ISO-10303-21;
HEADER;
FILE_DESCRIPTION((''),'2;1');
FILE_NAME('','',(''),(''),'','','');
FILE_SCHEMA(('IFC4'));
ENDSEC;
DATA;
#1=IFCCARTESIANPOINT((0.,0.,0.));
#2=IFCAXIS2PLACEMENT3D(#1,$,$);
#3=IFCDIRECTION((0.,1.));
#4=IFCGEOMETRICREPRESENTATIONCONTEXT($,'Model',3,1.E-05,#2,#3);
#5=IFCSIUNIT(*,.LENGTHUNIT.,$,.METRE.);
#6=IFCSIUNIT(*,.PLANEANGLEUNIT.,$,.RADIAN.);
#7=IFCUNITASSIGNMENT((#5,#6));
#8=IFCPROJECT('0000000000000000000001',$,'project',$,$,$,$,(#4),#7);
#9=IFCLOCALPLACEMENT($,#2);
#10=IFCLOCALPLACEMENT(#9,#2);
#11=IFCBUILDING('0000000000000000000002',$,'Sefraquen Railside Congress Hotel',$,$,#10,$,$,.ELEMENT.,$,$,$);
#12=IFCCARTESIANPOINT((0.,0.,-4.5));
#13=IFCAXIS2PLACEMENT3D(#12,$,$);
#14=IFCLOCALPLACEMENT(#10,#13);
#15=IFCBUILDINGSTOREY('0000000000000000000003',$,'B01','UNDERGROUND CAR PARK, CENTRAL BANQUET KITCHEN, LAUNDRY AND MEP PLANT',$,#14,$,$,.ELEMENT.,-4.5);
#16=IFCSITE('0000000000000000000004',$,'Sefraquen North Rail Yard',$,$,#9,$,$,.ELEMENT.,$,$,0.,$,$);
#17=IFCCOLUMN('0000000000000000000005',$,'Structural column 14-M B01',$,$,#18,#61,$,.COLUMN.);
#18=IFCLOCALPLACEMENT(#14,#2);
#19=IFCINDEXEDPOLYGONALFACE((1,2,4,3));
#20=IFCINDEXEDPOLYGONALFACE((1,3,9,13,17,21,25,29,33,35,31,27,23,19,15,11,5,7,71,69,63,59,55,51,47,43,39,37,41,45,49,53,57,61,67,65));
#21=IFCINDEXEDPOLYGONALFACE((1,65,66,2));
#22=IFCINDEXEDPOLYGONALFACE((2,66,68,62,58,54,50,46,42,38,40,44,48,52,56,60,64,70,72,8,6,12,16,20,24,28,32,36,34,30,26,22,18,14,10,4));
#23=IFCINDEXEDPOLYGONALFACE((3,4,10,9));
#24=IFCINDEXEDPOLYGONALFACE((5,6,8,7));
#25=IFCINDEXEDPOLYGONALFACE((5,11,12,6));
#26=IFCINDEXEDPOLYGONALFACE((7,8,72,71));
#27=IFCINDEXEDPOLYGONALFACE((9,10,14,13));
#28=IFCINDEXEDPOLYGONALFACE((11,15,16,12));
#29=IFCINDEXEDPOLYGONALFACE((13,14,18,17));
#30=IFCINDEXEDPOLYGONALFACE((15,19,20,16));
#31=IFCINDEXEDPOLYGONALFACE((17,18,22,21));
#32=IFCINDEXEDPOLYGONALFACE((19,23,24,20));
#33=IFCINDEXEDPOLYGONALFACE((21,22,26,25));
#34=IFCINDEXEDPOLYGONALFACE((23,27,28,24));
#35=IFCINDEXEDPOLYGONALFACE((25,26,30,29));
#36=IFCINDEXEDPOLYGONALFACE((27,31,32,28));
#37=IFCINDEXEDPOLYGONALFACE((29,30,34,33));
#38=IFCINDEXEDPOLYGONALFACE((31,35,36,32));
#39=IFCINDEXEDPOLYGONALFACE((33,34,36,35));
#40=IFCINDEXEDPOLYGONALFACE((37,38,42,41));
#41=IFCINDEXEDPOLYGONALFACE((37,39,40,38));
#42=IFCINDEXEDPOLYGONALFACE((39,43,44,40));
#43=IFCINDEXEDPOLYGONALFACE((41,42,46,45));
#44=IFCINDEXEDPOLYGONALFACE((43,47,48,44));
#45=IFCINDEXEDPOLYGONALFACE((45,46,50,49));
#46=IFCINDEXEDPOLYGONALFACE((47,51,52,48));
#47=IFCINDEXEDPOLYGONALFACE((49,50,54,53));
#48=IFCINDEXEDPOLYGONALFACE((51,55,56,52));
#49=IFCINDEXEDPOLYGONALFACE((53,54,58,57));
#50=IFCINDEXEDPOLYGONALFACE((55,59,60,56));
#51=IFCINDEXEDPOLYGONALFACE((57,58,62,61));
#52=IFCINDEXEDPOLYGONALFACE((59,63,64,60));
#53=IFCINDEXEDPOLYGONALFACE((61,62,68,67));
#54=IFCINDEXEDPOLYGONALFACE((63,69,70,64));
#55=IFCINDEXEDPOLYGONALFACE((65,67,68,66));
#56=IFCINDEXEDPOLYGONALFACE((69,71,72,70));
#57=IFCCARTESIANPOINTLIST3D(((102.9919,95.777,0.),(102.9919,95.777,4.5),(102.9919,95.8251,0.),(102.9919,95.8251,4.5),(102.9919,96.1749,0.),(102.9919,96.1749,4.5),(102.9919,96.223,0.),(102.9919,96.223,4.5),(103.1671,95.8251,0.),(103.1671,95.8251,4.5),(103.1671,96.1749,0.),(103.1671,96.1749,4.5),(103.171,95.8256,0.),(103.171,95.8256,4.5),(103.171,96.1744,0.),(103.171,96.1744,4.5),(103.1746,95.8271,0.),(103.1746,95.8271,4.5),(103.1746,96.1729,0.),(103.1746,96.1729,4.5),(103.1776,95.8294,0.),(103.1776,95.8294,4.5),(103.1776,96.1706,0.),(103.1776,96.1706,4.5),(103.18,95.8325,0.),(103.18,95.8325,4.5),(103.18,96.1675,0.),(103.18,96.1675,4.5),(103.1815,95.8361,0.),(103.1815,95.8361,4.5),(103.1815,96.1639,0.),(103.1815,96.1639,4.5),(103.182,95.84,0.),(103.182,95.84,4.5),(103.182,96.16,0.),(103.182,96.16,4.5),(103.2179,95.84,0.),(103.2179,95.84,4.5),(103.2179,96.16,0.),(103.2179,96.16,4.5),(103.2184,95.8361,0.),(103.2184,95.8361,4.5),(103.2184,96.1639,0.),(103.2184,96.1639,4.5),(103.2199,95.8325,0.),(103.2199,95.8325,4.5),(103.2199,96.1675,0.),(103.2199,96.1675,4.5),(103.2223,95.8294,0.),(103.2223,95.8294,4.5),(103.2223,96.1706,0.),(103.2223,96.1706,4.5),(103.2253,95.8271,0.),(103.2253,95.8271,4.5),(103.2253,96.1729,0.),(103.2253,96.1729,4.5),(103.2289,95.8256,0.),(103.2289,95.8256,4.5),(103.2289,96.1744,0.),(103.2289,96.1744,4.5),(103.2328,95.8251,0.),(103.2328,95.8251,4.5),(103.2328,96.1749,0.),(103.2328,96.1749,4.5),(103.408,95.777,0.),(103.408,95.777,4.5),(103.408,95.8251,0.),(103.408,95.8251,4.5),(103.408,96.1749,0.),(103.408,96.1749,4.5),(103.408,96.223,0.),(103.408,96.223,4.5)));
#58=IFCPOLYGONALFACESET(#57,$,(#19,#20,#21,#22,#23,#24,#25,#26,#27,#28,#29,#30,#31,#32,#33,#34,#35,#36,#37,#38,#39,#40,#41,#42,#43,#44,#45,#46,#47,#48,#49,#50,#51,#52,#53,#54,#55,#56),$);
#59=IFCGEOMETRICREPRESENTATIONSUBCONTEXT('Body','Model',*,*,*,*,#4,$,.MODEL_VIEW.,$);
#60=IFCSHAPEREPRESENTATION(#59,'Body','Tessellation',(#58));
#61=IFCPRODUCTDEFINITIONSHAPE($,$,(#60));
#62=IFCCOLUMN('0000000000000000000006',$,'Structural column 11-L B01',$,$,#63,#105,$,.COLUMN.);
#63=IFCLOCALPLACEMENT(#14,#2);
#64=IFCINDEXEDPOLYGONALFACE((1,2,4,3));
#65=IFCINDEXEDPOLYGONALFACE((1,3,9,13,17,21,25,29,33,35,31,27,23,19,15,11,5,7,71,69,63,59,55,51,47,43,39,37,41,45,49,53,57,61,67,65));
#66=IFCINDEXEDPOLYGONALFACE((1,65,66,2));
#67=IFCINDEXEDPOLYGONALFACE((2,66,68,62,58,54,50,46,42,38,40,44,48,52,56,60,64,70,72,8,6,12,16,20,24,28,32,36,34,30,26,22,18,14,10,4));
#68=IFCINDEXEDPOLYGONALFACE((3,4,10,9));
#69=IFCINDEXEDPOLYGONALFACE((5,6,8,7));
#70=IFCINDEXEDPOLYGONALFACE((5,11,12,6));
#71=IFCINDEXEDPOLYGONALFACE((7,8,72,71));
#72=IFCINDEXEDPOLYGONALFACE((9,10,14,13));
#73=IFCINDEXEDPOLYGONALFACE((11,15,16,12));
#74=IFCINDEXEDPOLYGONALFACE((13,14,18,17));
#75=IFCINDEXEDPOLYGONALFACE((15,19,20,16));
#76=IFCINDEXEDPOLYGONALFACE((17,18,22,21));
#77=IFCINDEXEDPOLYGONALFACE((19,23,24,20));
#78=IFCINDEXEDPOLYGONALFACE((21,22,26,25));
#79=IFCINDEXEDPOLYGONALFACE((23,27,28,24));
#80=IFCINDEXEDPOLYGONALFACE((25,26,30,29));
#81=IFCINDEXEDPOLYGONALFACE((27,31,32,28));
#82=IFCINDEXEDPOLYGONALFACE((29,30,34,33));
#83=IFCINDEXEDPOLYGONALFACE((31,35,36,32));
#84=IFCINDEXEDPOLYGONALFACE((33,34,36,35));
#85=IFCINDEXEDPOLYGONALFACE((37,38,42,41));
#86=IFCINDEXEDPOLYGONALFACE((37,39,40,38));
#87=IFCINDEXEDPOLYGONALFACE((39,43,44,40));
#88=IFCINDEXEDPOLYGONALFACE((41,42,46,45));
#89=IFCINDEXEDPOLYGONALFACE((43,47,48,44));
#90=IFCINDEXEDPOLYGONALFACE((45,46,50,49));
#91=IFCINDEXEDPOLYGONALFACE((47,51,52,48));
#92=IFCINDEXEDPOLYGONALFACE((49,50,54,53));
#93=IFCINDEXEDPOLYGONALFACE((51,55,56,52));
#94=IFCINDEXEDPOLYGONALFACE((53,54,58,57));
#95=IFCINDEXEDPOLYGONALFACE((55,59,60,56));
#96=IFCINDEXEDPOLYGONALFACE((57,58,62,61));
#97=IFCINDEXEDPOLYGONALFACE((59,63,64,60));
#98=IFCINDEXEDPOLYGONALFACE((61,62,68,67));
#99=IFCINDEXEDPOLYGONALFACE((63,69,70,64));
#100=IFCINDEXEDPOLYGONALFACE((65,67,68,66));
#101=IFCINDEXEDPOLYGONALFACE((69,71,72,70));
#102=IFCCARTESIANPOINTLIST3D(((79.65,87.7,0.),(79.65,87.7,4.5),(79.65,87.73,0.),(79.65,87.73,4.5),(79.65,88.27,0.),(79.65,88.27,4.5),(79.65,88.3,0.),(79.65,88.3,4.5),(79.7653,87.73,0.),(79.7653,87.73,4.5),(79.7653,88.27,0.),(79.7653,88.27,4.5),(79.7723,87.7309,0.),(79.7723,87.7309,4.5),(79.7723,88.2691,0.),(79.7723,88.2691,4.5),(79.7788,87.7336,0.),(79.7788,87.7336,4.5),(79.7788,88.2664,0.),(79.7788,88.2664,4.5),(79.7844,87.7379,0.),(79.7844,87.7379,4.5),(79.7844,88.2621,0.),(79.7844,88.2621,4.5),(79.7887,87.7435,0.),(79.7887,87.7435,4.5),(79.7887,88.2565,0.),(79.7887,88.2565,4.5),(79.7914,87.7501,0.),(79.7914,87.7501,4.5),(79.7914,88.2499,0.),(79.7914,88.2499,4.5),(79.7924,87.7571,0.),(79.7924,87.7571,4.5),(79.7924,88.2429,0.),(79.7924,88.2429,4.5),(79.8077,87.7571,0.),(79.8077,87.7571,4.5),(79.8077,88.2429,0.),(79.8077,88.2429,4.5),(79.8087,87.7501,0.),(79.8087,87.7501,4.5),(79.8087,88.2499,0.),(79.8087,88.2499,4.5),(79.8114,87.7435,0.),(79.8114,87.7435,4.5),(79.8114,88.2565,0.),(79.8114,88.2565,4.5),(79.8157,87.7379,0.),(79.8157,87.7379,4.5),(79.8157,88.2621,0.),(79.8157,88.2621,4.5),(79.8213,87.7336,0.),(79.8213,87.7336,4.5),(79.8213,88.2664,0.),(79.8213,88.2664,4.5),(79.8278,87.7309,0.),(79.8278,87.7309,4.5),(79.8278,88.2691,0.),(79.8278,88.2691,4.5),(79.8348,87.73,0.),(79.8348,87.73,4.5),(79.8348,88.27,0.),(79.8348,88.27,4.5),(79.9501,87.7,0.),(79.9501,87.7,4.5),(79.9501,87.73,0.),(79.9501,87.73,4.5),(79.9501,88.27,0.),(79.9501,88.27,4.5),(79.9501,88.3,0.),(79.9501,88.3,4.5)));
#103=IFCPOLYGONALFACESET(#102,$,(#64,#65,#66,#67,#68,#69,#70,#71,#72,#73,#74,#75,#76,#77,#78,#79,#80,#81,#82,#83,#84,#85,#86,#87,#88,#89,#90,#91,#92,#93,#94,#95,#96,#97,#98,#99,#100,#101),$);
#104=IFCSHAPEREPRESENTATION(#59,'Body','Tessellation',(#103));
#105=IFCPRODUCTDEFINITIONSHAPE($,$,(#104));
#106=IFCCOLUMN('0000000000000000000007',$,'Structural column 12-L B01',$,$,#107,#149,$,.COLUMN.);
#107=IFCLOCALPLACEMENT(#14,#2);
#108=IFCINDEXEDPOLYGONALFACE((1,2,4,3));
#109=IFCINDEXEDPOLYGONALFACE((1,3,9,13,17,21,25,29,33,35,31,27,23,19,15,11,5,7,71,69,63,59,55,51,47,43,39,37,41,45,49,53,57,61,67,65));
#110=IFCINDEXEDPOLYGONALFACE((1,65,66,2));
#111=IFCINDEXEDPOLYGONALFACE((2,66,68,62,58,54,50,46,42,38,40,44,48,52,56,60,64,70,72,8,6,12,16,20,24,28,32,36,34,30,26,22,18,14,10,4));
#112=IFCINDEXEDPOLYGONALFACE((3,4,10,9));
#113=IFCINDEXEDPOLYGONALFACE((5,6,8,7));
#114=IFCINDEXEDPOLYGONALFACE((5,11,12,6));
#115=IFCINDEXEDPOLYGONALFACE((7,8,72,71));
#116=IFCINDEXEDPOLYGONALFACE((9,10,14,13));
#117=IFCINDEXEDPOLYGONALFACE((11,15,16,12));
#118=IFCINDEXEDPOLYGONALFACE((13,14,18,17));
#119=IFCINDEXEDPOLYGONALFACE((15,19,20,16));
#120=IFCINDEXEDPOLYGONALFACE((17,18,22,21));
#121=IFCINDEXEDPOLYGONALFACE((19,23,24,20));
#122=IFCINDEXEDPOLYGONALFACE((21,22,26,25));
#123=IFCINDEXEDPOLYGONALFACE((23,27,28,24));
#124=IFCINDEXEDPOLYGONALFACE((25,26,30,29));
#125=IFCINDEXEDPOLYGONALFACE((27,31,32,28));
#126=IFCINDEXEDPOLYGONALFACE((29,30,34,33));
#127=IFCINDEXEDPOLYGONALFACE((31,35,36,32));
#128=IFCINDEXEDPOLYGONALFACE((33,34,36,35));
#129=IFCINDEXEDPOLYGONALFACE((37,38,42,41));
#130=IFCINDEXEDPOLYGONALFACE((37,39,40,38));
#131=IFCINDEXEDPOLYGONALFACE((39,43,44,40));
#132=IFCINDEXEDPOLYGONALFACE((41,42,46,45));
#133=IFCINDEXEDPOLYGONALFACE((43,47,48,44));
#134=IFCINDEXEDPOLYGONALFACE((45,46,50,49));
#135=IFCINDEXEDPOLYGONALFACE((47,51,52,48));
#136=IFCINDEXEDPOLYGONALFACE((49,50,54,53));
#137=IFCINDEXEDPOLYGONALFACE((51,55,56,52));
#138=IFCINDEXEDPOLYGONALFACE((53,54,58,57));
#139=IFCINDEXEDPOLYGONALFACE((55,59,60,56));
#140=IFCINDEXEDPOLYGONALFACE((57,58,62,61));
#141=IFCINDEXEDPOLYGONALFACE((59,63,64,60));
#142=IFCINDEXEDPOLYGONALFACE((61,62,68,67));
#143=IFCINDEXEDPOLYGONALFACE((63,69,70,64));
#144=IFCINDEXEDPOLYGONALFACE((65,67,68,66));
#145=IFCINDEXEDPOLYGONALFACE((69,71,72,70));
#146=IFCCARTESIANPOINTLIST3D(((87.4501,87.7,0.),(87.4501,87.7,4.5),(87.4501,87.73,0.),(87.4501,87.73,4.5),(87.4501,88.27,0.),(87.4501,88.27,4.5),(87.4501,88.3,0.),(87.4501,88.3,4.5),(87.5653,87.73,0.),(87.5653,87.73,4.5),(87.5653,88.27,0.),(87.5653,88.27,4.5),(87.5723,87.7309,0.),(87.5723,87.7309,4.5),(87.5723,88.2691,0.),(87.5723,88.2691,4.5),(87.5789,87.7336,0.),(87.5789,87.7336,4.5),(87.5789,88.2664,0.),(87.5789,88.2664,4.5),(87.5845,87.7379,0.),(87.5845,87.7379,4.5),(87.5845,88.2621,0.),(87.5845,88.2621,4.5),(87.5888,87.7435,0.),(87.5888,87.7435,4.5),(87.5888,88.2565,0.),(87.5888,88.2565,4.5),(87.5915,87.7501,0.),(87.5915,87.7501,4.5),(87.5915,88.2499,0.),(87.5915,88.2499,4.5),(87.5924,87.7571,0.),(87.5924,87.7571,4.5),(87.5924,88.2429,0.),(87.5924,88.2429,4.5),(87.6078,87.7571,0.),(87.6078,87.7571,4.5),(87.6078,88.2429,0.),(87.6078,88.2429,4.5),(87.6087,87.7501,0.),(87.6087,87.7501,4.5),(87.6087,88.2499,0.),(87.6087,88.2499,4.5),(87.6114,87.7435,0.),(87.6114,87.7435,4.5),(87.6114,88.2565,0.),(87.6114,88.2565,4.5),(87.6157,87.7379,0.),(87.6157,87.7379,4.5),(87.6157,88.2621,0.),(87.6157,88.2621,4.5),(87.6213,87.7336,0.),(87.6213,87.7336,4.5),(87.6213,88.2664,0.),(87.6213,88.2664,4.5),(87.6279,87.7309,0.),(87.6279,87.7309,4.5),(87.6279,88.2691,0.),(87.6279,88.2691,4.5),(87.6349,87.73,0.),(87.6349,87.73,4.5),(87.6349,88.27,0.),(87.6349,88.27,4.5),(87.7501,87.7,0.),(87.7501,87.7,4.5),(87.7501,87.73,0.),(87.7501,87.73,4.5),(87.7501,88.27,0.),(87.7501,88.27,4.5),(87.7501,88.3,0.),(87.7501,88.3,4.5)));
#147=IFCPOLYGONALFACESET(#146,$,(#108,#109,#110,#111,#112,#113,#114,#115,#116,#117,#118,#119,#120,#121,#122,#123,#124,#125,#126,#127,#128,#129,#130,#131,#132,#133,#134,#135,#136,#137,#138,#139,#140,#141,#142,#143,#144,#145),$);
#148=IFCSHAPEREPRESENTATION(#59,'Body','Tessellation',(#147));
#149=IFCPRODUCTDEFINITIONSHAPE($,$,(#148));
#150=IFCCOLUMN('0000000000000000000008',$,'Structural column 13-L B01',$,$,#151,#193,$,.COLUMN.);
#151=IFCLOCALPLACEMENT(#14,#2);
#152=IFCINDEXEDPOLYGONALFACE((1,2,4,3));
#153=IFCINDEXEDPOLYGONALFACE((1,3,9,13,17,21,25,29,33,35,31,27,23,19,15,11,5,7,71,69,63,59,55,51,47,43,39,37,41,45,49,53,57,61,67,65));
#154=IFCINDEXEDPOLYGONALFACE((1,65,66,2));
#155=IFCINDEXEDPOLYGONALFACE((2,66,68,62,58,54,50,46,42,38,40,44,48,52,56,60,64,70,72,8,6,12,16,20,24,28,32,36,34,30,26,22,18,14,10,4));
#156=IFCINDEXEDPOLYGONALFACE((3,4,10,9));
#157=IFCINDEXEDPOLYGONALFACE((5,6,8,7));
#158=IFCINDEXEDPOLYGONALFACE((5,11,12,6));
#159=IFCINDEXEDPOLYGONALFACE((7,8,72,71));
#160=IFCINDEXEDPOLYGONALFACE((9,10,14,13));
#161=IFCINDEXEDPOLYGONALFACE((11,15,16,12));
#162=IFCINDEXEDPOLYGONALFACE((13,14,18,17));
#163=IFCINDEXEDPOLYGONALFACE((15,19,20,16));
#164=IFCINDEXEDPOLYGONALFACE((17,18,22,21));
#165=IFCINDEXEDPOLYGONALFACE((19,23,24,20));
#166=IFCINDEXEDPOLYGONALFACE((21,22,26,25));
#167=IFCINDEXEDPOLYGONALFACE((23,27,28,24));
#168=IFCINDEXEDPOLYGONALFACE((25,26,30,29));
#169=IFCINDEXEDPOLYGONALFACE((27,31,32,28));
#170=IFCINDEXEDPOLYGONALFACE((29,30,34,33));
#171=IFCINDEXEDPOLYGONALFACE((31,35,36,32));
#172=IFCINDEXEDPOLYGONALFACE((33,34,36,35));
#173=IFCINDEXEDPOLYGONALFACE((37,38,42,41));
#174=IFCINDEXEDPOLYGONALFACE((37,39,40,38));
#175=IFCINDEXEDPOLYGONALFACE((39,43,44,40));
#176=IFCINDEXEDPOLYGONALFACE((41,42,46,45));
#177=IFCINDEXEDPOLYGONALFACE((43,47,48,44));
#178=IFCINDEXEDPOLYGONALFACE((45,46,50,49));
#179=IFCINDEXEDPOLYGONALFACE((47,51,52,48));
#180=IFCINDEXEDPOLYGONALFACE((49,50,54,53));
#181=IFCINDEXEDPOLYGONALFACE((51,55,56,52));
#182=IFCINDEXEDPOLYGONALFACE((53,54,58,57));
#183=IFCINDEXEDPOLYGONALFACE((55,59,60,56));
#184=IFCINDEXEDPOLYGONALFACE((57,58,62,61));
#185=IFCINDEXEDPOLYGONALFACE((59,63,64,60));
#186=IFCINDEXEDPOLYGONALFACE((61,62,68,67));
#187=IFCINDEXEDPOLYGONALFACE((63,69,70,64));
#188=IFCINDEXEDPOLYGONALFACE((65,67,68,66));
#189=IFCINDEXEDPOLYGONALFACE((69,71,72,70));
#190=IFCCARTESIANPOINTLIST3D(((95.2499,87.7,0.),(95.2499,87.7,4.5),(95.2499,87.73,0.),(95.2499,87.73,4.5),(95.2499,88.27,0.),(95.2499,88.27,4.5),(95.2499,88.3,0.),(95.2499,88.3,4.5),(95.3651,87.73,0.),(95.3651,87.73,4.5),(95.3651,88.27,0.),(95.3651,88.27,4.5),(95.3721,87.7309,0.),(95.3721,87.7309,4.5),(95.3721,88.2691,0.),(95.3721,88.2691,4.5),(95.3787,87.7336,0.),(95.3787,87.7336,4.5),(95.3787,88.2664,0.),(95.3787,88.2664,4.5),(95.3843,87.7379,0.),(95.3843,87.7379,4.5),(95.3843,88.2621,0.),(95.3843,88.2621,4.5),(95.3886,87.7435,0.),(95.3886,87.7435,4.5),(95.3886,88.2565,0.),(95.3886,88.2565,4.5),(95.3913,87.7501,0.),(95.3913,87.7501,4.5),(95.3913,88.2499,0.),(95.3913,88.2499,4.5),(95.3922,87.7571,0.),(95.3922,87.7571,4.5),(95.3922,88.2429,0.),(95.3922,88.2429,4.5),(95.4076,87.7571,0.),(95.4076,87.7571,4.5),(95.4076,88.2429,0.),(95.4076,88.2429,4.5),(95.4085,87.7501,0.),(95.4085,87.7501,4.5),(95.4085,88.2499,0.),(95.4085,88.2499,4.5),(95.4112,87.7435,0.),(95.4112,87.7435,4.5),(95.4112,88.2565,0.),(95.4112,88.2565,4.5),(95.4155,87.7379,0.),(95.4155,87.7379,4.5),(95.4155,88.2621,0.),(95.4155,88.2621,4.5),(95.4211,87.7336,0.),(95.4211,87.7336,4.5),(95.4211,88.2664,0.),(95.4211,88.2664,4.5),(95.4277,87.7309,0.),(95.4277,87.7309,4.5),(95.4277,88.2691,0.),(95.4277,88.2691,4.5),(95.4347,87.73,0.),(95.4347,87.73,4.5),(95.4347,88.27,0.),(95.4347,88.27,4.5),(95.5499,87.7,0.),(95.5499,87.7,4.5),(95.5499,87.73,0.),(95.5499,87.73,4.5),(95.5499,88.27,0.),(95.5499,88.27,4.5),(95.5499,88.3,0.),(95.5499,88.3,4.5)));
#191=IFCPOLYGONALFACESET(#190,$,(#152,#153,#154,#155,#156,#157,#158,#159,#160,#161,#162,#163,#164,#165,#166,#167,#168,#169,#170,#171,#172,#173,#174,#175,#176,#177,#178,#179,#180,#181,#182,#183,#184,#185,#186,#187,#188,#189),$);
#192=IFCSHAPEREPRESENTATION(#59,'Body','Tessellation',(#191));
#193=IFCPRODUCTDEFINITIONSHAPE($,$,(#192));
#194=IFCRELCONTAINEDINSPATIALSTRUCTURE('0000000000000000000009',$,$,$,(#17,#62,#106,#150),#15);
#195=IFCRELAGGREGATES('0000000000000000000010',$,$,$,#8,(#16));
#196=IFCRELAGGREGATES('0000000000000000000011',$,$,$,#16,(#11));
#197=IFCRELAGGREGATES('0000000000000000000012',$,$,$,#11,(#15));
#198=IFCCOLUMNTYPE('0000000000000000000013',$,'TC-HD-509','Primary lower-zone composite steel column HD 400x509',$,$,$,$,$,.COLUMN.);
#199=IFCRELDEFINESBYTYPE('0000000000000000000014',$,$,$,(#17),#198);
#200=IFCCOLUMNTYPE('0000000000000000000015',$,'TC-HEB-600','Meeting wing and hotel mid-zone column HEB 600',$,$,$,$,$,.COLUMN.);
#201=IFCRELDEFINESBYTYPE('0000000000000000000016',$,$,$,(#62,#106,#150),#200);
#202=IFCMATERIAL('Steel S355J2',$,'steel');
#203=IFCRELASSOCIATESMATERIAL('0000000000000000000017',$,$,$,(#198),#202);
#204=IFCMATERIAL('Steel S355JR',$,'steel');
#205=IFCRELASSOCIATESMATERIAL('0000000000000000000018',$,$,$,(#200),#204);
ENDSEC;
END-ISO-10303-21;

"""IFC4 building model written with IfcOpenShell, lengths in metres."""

from ifc_helpers import new_model, si_unit, direction, frame, origin, origin_2d, place, context, subcontext, project, spatial, i_section, extrude, material, material_profile, profile_set, type_object, element, save


model = new_model("IFC4")

# Units and contexts
model_context = context("Model", 3, precision=1e-05, world=origin(), true_north=direction((0.0, 1.0)))
body_context = subcontext(model_context, "Body", "Model", "MODEL_VIEW")
ifc_project = project(units=[si_unit("LENGTHUNIT", "METRE"), si_unit("PLANEANGLEUNIT", "RADIAN")], contexts=[model_context])

# Site, building, storey
site_placement = place(None, origin())
site = spatial("IfcSite", under=ifc_project, at=site_placement, Name="Sefraquen North Rail Yard", CompositionType="ELEMENT", RefElevation=0.0)
building_placement = place(site_placement, origin())
building = spatial("IfcBuilding", under=site, at=building_placement, Name="Sefraquen Railside Congress Hotel", CompositionType="ELEMENT")
storey_placement = place(building_placement, frame((0.0, 0.0, -4.5)))
storey = spatial("IfcBuildingStorey", under=building, at=storey_placement, Name="B01", Description="UNDERGROUND CAR PARK, CENTRAL BANQUET KITCHEN, LAUNDRY AND MEP PLANT", CompositionType="ELEMENT", Elevation=-4.5)

# Columns
ifc_material_1 = material(Name="Steel S355J2", Category="steel")
ifc_material_profile_1 = material_profile(ifc_material_1, i_section(OverallWidth=0.416, OverallDepth=0.446, WebThickness=0.0359, FlangeThickness=0.0481, FilletRadius=0.0149, at=origin_2d()), Name="HD 400x509")
ifc_profile_set_1 = profile_set([ifc_material_profile_1], Name="Steel S355J2")
column_type_1 = type_object("IfcColumnType", Name="TC-HD-509", Description="Primary lower-zone composite steel column HD 400x509", PredefinedType="COLUMN", material=ifc_profile_set_1)
for number, where, z_axis, x_axis, name in (
    (1, (103.2, 96.0, 0.0), (0.0, 0.0, 1.0), (1.0, 0.0, 0.0), "Structural column 14-M B01"),
):
    element("IfcColumn", number, at=place(storey_placement, frame(where, z_axis=z_axis, x_axis=x_axis)), inside=storey, type_object=column_type_1, Name=name, PredefinedType="COLUMN", context=body_context, shape_type="SweptSolid", body=[
        extrude(i_section(OverallWidth=0.416, OverallDepth=0.446, WebThickness=0.0359, FlangeThickness=0.0481, FilletRadius=0.0149, at=origin_2d()), origin(), (0.0, 0.0, 1.0), 4.5),
    ])
ifc_material_2 = material(Name="Steel S355JR", Category="steel")
ifc_material_profile_2 = material_profile(ifc_material_2, i_section(OverallWidth=0.3, OverallDepth=0.6001, WebThickness=0.0154, FlangeThickness=0.03, FilletRadius=0.0271, at=origin_2d()), Name="HEB 600")
ifc_profile_set_2 = profile_set([ifc_material_profile_2], Name="Steel S355JR")
column_type_2 = type_object("IfcColumnType", Name="TC-HEB-600", Description="Meeting wing and hotel mid-zone column HEB 600", PredefinedType="COLUMN", material=ifc_profile_set_2)
for number, where, z_axis, x_axis, name in (
    (2, (79.8, 88.0, 0.0), (0.0, 0.0, 1.0), (1.0, 0.0, 0.0), "Structural column 11-L B01"),
    (3, (87.6001, 88.0, 0.0), (0.0, 0.0, 1.0), (1.0, 0.0, 0.0), "Structural column 12-L B01"),
    (4, (95.3999, 88.0, 0.0), (0.0, 0.0, 1.0), (1.0, 0.0, 0.0), "Structural column 13-L B01"),
):
    element("IfcColumn", number, at=place(storey_placement, frame(where, z_axis=z_axis, x_axis=x_axis)), inside=storey, type_object=column_type_2, Name=name, PredefinedType="COLUMN", context=body_context, shape_type="SweptSolid", body=[
        extrude(i_section(OverallWidth=0.3, OverallDepth=0.6001, WebThickness=0.0154, FlangeThickness=0.03, FilletRadius=0.0271, at=origin_2d()), origin(), (0.0, 0.0, 1.0), 4.5),
    ])

save(model, "model.ifc")
